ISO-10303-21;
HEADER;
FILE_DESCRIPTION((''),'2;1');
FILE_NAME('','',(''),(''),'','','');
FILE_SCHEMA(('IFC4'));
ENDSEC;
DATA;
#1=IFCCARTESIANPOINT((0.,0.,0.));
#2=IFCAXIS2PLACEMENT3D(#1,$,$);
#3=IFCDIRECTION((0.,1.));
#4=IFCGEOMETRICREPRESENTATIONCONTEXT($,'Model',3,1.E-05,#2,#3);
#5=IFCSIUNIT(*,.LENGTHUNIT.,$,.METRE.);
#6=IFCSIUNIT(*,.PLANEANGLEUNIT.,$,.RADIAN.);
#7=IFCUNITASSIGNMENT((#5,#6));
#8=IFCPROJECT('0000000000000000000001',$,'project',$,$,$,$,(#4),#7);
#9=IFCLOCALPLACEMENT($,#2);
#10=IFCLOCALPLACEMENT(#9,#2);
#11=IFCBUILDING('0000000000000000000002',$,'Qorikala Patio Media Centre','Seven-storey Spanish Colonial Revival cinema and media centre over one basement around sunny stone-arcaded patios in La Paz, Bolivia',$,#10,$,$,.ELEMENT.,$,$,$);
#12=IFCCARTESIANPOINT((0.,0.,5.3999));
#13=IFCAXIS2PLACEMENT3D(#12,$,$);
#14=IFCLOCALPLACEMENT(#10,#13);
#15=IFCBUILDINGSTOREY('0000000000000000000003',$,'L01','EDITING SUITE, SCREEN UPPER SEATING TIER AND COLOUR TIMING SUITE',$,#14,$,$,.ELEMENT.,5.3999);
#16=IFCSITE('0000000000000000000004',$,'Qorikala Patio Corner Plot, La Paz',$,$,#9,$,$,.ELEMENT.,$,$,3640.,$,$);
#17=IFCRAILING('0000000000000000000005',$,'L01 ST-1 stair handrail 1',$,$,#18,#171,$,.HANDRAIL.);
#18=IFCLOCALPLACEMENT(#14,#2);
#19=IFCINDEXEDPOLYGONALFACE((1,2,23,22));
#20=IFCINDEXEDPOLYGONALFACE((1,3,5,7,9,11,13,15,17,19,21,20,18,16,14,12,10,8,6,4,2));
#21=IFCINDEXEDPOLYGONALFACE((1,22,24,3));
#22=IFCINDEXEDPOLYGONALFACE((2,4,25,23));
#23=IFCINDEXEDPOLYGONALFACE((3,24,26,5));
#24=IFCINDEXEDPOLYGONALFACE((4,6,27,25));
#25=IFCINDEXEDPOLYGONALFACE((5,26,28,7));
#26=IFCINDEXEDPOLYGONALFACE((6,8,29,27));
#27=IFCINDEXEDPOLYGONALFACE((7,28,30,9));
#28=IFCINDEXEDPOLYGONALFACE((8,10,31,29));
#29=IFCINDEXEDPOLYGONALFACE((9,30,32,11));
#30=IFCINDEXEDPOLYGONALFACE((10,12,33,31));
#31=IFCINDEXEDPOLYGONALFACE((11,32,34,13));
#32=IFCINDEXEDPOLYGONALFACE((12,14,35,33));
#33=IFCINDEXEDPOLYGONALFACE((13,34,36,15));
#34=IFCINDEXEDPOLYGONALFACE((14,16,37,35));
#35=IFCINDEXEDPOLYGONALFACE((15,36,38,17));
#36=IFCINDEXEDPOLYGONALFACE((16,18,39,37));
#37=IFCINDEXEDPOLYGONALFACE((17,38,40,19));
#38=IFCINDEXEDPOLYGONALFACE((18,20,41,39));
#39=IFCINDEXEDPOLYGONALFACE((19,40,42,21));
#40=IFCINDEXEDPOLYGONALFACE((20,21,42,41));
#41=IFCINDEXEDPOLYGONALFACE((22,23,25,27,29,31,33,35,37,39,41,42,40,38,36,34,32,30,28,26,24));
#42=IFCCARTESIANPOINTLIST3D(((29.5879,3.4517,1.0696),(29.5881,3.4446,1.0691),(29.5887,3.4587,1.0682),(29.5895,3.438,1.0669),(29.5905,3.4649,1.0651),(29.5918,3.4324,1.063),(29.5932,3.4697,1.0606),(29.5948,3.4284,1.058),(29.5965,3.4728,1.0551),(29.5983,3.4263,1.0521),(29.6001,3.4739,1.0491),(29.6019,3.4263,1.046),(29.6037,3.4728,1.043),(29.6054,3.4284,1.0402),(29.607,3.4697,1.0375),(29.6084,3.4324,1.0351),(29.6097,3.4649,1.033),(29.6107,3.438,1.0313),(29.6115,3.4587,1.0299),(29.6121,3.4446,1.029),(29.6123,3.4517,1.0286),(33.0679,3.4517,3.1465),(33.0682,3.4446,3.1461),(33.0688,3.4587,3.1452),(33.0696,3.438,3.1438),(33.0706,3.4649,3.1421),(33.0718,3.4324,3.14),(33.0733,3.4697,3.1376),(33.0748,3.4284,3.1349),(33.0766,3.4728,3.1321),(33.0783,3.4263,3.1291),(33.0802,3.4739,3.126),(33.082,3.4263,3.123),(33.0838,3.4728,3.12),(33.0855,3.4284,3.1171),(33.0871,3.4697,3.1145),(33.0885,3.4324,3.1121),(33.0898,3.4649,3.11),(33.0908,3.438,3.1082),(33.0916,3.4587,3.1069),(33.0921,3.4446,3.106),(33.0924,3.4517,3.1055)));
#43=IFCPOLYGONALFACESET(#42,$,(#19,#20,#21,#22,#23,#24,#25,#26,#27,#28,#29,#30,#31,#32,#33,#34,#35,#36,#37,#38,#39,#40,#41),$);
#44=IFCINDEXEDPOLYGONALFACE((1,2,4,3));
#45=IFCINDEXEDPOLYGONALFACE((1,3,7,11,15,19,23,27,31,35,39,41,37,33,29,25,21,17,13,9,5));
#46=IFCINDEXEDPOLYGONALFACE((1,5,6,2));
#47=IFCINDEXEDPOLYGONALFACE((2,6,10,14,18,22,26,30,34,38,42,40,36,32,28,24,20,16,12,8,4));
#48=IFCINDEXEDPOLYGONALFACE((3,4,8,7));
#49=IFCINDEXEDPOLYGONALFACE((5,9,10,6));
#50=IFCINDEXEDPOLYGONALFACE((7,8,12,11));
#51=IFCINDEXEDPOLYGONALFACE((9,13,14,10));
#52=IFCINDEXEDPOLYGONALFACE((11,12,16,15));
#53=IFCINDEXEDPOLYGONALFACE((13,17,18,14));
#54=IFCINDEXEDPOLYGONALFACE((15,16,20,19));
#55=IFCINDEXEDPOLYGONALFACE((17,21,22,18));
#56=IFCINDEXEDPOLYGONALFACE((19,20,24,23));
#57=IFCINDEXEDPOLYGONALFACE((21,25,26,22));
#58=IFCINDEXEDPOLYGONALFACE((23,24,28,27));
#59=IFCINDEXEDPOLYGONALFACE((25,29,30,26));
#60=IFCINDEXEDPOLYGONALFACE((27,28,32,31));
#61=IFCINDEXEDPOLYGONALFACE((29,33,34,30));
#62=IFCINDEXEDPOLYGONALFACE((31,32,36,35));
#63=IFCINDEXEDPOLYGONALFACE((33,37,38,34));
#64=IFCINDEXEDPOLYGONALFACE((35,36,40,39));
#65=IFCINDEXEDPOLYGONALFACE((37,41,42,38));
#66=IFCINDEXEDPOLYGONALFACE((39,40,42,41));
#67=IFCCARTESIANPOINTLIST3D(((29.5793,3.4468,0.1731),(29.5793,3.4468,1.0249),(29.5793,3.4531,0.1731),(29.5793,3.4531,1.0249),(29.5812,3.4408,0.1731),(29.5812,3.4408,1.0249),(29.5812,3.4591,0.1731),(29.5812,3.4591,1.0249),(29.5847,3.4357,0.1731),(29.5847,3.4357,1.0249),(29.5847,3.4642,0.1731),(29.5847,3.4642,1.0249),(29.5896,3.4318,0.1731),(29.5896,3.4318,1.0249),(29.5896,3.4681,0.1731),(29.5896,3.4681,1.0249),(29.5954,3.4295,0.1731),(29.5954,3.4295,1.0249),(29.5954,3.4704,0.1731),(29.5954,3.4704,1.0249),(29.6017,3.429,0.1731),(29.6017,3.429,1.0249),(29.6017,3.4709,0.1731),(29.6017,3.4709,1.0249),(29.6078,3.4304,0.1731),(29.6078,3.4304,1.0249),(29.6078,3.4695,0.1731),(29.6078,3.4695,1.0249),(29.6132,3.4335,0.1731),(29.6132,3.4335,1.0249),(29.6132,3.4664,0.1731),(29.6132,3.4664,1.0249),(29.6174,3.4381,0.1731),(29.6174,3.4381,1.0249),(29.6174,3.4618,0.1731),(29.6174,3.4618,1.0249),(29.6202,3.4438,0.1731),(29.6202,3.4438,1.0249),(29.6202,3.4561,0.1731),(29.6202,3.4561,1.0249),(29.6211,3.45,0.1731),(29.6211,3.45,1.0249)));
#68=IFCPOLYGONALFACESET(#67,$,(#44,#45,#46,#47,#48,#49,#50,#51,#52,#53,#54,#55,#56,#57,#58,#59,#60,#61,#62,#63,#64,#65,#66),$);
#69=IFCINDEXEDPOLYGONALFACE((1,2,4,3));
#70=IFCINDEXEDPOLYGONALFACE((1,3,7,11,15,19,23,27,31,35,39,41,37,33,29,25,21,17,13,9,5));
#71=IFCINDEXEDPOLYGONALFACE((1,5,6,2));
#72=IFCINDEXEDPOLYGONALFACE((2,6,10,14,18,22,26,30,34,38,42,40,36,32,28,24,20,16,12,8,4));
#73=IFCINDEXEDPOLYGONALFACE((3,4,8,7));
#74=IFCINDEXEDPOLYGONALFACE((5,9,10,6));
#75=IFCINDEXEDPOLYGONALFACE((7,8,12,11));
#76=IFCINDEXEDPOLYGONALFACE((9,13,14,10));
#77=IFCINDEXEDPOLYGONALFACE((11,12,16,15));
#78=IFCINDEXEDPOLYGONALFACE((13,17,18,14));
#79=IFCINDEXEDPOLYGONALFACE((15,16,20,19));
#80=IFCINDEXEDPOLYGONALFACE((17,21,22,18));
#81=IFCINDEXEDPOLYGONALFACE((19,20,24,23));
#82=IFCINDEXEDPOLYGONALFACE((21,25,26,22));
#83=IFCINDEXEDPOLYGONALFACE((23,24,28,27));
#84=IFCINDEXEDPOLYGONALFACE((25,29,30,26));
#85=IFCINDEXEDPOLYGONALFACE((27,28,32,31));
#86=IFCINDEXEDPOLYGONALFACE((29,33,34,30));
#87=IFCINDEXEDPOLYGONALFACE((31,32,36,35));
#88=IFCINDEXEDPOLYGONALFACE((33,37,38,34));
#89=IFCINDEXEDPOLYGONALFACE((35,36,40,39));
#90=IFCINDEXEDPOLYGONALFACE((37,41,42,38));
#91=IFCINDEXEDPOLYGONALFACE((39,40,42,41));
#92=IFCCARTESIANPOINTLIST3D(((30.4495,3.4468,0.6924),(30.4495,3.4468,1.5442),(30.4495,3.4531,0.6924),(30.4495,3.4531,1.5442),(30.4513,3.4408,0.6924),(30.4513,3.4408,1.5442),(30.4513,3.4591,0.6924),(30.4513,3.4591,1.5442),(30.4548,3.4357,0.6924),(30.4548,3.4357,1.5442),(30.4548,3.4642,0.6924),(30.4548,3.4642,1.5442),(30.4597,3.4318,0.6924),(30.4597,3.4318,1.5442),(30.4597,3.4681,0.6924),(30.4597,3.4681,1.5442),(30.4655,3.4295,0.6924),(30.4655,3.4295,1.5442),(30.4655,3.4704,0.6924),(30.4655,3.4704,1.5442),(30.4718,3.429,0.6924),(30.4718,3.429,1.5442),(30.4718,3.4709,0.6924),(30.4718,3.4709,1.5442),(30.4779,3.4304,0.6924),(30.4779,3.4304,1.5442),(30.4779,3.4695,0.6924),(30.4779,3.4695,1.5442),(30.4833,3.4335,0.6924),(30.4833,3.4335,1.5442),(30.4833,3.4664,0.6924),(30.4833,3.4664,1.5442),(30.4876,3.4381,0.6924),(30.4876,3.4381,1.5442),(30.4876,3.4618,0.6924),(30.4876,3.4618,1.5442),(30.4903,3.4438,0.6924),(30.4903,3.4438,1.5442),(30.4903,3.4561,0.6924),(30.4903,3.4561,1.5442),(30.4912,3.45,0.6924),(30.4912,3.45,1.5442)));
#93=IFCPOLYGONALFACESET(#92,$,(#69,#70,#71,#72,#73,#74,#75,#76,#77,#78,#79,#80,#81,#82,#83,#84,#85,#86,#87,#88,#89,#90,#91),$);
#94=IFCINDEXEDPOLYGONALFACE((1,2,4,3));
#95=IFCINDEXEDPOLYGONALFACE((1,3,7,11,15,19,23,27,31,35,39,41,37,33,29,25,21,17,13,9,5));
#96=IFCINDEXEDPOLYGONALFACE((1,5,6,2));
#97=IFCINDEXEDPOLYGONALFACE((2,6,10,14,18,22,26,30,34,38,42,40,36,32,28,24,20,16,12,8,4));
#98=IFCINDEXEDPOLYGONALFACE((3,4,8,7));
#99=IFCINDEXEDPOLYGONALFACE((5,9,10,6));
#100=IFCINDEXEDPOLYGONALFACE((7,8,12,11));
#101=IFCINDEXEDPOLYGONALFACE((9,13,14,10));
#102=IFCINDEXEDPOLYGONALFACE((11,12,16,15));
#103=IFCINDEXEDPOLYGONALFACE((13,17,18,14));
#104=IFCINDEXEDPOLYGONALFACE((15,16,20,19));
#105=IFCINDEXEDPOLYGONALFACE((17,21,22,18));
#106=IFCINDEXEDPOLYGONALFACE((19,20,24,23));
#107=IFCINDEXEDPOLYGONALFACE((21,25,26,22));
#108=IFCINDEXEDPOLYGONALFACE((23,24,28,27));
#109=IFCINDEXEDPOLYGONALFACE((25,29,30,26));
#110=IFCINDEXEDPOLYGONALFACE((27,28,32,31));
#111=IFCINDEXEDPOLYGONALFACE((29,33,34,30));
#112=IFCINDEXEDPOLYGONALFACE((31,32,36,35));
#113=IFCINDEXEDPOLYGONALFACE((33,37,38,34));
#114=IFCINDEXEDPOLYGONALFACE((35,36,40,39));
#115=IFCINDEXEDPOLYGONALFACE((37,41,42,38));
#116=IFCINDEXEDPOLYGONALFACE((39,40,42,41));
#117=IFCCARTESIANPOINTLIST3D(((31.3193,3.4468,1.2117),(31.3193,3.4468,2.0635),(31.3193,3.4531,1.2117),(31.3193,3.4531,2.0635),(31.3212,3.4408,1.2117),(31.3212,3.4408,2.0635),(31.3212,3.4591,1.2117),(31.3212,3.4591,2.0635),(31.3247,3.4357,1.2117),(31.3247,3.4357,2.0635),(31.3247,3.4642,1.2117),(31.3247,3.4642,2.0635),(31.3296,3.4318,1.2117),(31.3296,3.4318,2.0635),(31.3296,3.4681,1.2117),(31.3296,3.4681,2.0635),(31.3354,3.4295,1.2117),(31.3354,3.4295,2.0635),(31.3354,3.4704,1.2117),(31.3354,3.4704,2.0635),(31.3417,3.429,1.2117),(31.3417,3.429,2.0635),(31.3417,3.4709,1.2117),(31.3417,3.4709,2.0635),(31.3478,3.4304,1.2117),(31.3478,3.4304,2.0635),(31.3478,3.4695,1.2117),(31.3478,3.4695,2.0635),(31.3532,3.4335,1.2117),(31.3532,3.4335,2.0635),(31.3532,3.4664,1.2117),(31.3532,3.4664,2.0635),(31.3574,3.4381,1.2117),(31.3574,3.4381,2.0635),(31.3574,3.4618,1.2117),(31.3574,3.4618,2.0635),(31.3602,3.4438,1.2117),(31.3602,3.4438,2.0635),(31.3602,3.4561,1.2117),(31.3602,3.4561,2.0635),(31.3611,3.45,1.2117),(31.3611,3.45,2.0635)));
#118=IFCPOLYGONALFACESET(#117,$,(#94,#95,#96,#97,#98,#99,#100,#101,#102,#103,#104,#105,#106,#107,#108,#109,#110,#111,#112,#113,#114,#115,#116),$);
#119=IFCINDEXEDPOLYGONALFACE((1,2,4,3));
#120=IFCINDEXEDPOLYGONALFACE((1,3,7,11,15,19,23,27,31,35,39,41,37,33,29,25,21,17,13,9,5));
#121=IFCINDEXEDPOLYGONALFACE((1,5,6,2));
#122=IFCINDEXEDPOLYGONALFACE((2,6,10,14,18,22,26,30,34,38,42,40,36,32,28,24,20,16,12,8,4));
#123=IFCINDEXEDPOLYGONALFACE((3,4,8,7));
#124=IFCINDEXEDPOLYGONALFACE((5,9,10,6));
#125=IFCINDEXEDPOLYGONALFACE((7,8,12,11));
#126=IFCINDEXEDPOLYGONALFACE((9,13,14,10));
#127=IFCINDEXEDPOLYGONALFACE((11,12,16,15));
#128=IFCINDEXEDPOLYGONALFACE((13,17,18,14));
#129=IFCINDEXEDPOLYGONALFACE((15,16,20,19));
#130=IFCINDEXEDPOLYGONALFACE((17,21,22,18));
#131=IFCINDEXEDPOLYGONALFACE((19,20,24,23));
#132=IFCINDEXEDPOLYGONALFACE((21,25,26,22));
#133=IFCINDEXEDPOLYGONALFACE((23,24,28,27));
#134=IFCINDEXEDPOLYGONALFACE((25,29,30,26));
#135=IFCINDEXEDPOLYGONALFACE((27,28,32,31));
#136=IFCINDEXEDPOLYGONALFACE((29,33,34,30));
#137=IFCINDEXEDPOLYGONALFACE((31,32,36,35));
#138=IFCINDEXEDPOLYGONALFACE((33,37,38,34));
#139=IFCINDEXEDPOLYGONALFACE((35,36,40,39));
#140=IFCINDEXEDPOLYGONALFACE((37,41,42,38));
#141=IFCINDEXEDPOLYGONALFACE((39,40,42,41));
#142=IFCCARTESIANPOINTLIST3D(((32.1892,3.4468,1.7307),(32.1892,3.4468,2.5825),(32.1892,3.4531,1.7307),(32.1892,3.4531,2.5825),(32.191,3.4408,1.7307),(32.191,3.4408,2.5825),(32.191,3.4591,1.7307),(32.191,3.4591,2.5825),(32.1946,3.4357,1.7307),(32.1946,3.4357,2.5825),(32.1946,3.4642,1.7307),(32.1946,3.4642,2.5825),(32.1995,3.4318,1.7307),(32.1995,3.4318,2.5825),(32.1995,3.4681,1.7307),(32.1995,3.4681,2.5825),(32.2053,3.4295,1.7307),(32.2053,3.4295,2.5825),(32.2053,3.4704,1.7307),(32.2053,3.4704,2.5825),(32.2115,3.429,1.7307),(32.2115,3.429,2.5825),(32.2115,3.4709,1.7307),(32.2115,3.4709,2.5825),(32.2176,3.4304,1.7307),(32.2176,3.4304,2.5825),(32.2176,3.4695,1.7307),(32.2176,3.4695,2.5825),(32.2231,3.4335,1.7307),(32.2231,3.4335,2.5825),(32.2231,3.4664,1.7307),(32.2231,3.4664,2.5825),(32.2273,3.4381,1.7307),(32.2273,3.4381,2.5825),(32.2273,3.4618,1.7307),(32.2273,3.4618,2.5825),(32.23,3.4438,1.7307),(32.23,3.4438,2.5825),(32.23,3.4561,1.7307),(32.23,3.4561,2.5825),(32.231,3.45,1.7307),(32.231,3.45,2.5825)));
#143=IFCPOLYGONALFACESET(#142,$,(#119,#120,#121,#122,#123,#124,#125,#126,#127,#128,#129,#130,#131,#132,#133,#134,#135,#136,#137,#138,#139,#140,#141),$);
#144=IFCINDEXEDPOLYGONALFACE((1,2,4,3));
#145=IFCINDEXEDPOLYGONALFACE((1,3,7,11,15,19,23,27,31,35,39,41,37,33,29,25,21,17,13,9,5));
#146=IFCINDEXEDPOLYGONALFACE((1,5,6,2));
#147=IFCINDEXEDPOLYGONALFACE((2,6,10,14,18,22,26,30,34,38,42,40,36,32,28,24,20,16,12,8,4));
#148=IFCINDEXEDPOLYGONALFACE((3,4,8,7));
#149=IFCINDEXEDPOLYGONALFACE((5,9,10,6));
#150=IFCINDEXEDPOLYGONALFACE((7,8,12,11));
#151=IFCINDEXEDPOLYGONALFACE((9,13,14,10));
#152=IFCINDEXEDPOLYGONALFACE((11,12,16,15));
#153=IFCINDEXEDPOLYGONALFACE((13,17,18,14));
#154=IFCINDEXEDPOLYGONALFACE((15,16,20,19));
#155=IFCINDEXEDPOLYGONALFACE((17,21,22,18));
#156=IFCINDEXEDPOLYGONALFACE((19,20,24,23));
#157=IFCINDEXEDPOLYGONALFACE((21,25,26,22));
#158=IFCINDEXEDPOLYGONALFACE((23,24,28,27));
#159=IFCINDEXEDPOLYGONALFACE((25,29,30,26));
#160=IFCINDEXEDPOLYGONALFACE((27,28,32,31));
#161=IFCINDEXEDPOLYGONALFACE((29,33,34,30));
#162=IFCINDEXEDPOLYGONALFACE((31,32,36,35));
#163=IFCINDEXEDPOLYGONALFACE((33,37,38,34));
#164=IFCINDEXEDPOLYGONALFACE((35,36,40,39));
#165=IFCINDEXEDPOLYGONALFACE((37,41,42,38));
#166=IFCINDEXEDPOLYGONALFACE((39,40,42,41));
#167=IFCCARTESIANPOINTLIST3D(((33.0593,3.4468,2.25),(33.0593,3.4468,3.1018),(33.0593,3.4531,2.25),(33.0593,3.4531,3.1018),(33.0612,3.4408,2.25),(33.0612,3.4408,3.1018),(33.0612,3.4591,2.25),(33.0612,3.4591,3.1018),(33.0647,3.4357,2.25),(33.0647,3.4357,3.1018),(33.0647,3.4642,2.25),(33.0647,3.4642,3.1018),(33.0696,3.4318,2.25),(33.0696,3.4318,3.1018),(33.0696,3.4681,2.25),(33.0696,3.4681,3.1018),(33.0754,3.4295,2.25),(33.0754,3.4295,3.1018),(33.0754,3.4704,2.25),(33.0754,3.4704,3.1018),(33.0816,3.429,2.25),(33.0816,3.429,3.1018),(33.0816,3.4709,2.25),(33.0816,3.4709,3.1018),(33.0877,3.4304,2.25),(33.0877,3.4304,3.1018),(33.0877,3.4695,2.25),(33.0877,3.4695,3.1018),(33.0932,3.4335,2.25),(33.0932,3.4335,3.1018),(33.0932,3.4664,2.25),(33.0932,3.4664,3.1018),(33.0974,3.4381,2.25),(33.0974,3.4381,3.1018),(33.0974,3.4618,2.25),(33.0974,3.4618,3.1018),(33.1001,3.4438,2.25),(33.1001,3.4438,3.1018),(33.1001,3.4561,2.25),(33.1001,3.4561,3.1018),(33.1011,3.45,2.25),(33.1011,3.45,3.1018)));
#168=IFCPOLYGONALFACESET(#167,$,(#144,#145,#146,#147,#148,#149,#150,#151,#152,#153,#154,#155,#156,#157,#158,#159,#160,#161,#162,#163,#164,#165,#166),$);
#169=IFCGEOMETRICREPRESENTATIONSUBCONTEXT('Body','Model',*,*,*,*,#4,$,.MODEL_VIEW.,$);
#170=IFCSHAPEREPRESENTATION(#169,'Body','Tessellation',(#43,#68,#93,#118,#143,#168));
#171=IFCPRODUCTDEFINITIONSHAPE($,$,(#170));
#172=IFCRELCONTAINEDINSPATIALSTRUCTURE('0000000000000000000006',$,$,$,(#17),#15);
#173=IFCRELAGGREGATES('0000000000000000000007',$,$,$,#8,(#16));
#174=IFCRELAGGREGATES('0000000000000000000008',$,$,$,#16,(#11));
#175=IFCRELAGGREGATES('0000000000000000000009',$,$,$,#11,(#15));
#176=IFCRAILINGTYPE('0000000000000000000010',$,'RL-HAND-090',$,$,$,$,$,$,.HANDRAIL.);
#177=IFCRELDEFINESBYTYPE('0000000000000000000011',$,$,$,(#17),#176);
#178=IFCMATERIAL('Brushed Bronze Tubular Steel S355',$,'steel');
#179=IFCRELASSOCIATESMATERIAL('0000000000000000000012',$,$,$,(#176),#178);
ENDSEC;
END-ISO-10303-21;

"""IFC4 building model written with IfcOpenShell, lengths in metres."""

from ifc_helpers import new_model, si_unit, direction, frame, origin, origin_2d, place, context, subcontext, project, spatial, circle, extrude, material, type_object, element, save


model = new_model("IFC4")

# Units and contexts
model_context = context("Model", 3, precision=1e-05, world=origin(), true_north=direction((0.0, 1.0)))
body_context = subcontext(model_context, "Body", "Model", "MODEL_VIEW")
ifc_project = project(units=[si_unit("LENGTHUNIT", "METRE"), si_unit("PLANEANGLEUNIT", "RADIAN")], contexts=[model_context])

# Site, building, storey
site_placement = place(None, origin())
site = spatial("IfcSite", under=ifc_project, at=site_placement, Name="Qorikala Patio Corner Plot, La Paz", CompositionType="ELEMENT", RefElevation=3640.0)
building_placement = place(site_placement, origin())
building = spatial("IfcBuilding", under=site, at=building_placement, Name="Qorikala Patio Media Centre", Description="Seven-storey Spanish Colonial Revival cinema and media centre over one basement around sunny stone-arcaded patios in La Paz, Bolivia", CompositionType="ELEMENT")
storey_placement = place(building_placement, frame((0.0, 0.0, 5.3999)))
storey = spatial("IfcBuildingStorey", under=building, at=storey_placement, Name="L01", Description="EDITING SUITE, SCREEN UPPER SEATING TIER AND COLOUR TIMING SUITE", CompositionType="ELEMENT", Elevation=5.3999)

# Railing
ifc_material_1 = material(Name="Brushed Bronze Tubular Steel S355", Category="steel")
railing_type_1 = type_object("IfcRailingType", Name="RL-HAND-090", PredefinedType="HANDRAIL", material=ifc_material_1)
railing_1_placement = place(storey_placement, frame((29.6001, 3.45, 0.1731)))
element("IfcRailing", 1, at=railing_1_placement, inside=storey, type_object=railing_type_1, Name="L01 ST-1 stair handrail 1", PredefinedType="HANDRAIL", context=body_context, shape_type="SweptSolid", body=[
    extrude(circle(Radius=0.0239, at=origin_2d()), frame((0.0, 0.0, 0.876), z_axis=(0.858697, 0.0, 0.512483), x_axis=(0.0, 1.0, 0.0)), (0.0, 0.0, 1.0), 4.0527),
    extrude(circle(Radius=0.021, at=origin_2d()), origin(), (0.0, 0.0, 1.0), 0.8518),
    extrude(circle(Radius=0.021, at=origin_2d()), frame((0.8701, 0.0, 0.5193)), (0.0, 0.0, 1.0), 0.8518),
    extrude(circle(Radius=0.021, at=origin_2d()), frame((1.74, 0.0, 1.0386)), (0.0, 0.0, 1.0), 0.8518),
    extrude(circle(Radius=0.021, at=origin_2d()), frame((2.6099, 0.0, 1.5576)), (0.0, 0.0, 1.0), 0.8518),
    extrude(circle(Radius=0.021, at=origin_2d()), frame((3.48, 0.0, 2.0769)), (0.0, 0.0, 1.0), 0.8518),
])

save(model, "model.ifc")
